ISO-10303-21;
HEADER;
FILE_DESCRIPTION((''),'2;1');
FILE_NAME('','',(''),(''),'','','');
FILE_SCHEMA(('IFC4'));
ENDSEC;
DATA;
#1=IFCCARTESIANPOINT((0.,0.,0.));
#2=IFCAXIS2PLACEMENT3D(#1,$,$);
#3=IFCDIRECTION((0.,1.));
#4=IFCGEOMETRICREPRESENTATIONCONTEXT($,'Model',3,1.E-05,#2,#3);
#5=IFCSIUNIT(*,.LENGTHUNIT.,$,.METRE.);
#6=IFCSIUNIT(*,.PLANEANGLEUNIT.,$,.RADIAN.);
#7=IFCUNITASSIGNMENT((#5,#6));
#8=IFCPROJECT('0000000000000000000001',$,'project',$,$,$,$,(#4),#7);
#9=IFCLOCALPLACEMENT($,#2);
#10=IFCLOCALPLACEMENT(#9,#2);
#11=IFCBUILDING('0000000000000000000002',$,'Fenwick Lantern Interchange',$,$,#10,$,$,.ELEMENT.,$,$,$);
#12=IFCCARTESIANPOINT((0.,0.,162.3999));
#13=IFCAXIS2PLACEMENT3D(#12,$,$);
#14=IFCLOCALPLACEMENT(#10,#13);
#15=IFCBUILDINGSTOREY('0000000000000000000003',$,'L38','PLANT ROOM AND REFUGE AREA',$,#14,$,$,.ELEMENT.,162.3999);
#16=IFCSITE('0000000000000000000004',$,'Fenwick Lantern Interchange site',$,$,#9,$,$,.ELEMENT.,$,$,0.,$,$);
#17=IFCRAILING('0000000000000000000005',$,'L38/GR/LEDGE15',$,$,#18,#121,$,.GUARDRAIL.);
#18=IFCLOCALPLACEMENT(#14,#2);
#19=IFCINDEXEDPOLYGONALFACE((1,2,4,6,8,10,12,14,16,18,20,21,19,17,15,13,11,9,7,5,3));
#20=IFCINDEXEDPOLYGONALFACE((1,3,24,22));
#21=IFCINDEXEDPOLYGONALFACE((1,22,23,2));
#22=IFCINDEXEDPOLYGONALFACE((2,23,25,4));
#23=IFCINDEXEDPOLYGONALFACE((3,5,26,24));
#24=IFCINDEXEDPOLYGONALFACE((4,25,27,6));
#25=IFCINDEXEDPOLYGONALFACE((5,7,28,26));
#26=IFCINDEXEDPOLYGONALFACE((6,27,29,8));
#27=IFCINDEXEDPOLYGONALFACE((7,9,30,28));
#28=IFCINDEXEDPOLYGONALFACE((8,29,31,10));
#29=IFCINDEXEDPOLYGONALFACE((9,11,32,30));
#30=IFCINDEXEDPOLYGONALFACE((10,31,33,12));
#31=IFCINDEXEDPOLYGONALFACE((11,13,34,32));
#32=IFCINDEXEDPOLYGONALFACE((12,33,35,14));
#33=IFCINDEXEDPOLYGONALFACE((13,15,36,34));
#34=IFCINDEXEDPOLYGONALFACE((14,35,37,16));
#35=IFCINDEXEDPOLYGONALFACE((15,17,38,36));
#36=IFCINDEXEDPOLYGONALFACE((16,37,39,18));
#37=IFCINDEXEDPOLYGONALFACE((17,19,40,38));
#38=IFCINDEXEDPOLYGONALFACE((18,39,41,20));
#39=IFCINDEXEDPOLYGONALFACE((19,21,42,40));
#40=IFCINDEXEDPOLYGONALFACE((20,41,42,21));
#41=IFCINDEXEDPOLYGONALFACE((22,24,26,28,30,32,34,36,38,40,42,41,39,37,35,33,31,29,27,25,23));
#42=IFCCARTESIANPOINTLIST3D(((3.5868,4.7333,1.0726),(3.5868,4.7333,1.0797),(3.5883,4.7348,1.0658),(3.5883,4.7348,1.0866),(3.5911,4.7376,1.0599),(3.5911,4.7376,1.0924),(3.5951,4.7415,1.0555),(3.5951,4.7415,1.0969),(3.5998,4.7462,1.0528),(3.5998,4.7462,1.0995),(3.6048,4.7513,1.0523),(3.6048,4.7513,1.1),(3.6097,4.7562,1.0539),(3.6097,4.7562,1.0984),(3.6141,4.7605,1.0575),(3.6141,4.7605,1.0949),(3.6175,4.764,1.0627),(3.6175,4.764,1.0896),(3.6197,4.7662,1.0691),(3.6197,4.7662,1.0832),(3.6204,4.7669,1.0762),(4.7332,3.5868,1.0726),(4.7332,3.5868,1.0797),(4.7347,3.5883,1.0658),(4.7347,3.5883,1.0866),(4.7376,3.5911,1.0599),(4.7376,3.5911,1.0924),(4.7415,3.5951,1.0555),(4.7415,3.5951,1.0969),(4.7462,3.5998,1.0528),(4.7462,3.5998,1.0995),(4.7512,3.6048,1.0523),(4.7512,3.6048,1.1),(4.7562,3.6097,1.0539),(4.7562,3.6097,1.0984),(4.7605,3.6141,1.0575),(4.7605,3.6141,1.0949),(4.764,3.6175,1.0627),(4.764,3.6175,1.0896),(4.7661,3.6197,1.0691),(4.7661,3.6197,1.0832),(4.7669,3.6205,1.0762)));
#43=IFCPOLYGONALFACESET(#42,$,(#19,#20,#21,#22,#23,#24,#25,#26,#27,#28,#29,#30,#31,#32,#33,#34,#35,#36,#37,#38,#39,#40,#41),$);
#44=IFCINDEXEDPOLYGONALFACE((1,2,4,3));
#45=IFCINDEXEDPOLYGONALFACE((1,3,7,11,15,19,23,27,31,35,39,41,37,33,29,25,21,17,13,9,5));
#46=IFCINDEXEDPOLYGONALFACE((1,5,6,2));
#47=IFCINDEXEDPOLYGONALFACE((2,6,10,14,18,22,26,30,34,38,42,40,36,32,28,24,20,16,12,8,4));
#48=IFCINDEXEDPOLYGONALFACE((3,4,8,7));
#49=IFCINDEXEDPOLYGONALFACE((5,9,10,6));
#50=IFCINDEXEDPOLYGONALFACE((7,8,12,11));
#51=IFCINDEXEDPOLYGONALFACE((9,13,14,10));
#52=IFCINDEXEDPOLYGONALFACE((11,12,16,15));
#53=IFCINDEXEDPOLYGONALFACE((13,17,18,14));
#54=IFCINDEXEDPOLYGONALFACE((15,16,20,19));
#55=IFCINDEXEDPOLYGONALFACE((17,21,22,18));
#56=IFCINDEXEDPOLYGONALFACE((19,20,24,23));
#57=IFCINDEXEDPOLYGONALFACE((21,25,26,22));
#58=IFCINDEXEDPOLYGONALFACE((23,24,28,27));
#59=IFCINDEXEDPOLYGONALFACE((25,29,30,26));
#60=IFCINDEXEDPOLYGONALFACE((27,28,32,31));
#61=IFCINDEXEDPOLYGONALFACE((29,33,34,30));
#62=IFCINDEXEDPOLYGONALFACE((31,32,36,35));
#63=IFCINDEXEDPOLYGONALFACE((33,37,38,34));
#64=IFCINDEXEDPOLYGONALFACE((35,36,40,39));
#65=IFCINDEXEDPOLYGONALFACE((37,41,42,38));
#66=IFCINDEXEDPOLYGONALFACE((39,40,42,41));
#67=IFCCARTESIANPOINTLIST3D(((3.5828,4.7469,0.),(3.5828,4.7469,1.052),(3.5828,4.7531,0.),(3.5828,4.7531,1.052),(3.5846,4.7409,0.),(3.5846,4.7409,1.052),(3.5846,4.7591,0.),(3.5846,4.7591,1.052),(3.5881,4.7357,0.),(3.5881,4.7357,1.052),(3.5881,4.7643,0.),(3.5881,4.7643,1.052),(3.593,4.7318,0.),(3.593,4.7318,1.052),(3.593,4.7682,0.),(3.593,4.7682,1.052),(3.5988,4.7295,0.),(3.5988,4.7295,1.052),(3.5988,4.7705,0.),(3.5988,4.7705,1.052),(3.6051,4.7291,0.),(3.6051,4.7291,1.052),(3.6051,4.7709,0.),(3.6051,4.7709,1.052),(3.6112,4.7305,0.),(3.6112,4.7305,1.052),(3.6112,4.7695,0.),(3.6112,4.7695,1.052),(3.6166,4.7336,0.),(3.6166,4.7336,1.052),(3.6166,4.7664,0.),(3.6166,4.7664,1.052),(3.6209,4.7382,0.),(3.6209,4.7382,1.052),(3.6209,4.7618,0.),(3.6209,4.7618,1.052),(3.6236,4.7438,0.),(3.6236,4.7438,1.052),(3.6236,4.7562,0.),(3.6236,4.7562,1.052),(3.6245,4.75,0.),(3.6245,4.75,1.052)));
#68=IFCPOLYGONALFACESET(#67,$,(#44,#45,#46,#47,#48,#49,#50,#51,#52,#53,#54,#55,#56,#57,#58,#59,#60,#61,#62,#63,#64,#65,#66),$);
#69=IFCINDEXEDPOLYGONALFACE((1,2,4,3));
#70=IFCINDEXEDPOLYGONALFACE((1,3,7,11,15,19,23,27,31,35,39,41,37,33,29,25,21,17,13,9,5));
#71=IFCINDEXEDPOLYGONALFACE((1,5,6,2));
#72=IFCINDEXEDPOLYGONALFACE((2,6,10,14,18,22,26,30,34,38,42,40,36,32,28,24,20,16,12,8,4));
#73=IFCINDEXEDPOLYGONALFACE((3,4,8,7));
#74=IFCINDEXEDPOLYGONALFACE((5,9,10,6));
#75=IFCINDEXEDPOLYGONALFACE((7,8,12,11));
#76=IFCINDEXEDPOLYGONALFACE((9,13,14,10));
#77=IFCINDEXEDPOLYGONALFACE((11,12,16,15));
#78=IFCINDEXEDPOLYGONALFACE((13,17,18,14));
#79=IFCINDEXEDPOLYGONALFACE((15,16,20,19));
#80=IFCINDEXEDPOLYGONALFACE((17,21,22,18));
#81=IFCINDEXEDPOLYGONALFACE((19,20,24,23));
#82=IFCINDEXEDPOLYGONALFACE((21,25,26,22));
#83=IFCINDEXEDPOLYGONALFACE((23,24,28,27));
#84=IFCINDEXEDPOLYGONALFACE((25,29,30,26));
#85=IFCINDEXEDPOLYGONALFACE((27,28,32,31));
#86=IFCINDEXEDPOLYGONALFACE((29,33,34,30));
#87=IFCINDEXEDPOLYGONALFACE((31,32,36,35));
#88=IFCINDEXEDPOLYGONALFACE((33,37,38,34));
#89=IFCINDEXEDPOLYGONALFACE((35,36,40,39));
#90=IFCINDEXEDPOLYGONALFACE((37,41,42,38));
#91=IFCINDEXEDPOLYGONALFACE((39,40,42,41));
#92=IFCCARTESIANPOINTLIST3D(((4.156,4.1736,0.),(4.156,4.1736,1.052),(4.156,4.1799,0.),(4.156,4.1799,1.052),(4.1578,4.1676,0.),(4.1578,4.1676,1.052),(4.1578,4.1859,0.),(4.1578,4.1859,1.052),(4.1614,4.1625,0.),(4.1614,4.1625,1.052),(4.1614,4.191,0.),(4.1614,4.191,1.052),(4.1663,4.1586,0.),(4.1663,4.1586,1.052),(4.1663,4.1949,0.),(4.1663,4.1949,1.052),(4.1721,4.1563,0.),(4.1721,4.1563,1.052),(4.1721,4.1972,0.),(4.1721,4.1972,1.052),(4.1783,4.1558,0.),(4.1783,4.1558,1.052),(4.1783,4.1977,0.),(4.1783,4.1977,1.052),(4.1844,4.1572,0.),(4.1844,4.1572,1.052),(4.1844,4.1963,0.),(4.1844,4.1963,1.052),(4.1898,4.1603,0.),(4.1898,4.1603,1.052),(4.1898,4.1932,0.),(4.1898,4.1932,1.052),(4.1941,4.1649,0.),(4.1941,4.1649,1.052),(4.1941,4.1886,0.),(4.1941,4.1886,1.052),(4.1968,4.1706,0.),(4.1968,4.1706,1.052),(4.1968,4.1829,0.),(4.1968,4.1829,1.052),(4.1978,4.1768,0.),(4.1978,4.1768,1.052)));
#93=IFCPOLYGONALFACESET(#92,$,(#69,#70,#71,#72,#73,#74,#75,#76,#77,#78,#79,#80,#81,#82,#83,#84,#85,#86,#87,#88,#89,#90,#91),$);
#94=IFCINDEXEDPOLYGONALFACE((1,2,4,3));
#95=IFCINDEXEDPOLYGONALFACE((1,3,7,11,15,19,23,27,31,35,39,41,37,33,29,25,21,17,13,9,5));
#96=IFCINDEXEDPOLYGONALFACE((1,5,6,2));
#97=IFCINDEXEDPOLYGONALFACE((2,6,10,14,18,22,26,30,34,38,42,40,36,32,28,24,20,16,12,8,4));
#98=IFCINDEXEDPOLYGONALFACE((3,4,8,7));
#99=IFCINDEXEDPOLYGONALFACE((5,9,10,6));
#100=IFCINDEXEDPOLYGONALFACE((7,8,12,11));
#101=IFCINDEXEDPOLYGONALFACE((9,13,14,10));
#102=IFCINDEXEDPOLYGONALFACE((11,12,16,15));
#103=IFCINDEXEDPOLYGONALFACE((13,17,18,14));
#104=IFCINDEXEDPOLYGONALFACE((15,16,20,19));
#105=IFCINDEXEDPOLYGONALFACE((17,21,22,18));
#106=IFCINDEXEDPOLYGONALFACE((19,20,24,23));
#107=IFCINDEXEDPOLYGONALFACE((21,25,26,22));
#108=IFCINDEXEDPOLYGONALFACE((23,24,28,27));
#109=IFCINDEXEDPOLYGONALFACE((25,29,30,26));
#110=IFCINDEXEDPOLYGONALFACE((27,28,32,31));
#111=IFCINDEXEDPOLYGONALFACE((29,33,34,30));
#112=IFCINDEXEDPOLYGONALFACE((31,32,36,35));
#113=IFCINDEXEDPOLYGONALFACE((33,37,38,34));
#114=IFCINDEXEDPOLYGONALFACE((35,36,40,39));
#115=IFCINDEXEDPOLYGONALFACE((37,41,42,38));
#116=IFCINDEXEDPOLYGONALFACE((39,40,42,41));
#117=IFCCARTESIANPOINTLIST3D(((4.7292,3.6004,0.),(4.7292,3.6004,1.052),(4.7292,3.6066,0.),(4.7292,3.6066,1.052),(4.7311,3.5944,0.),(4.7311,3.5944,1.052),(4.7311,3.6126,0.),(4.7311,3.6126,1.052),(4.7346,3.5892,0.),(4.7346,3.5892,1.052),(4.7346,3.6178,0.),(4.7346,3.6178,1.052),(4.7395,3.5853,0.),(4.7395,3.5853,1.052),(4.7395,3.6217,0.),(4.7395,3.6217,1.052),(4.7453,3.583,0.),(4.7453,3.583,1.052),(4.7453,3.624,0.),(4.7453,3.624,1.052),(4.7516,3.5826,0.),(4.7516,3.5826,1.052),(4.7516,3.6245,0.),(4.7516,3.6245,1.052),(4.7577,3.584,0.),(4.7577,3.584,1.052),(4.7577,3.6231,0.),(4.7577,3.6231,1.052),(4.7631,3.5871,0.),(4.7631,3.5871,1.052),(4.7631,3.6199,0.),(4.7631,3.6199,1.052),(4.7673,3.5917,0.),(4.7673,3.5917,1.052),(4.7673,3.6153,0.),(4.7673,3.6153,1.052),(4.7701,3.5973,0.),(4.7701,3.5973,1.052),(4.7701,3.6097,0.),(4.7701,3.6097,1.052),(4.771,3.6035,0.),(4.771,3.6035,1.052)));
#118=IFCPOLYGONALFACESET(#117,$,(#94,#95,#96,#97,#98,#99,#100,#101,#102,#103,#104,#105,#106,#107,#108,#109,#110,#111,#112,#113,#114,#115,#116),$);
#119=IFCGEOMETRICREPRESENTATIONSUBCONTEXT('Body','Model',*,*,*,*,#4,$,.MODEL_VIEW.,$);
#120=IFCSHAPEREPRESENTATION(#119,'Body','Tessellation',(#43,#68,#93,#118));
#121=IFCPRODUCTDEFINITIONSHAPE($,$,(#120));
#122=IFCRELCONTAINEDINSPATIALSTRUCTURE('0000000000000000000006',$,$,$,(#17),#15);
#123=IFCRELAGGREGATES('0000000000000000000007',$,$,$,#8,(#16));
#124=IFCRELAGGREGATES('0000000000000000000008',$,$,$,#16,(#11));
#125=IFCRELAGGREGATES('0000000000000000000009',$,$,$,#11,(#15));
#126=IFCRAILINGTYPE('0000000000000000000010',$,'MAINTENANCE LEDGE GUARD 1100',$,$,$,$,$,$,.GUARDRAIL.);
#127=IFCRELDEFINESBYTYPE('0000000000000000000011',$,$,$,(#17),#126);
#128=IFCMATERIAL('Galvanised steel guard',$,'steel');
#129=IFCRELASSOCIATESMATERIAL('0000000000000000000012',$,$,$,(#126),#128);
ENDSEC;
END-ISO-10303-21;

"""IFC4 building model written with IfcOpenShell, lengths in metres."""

from ifc_helpers import new_model, si_unit, direction, frame, origin, origin_2d, place, context, subcontext, project, spatial, circle, extrude, material, type_object, element, save


model = new_model("IFC4")

# Units and contexts
model_context = context("Model", 3, precision=1e-05, world=origin(), true_north=direction((0.0, 1.0)))
body_context = subcontext(model_context, "Body", "Model", "MODEL_VIEW")
ifc_project = project(units=[si_unit("LENGTHUNIT", "METRE"), si_unit("PLANEANGLEUNIT", "RADIAN")], contexts=[model_context])

# Site, building, storey
site_placement = place(None, origin())
site = spatial("IfcSite", under=ifc_project, at=site_placement, Name="Fenwick Lantern Interchange site", CompositionType="ELEMENT", RefElevation=0.0)
building_placement = place(site_placement, origin())
building = spatial("IfcBuilding", under=site, at=building_placement, Name="Fenwick Lantern Interchange", CompositionType="ELEMENT")
storey_placement = place(building_placement, frame((0.0, 0.0, 162.3999)))
storey = spatial("IfcBuildingStorey", under=building, at=storey_placement, Name="L38", Description="PLANT ROOM AND REFUGE AREA", CompositionType="ELEMENT", Elevation=162.3999)

# Railing
ifc_material_1 = material(Name="Galvanised steel guard", Category="steel")
railing_type = type_object("IfcRailingType", Name="MAINTENANCE LEDGE GUARD 1100", PredefinedType="GUARDRAIL", material=ifc_material_1)
railing_1_placement = place(storey_placement, frame((3.6035, 4.75, 0.0)))
element("IfcRailing", 1, at=railing_1_placement, inside=storey, type_object=railing_type, Name="L38/GR/LEDGE15", PredefinedType="GUARDRAIL", context=body_context, shape_type="SweptSolid", body=[
    extrude(circle(Radius=0.0239, at=origin_2d()), frame((0.0, 0.0, 1.0762), z_axis=(0.707107, -0.707107, 0.0), x_axis=(0.707107, 0.707107, 0.0)), (0.0, 0.0, 1.0), 1.6213),
    extrude(circle(Radius=0.021, at=origin_2d()), origin(), (0.0, 0.0, 1.0), 1.052),
    extrude(circle(Radius=0.021, at=origin_2d()), frame((0.5732, -0.5732, 0.0)), (0.0, 0.0, 1.0), 1.052),
    extrude(circle(Radius=0.021, at=origin_2d()), frame((1.1465, -1.1465, 0.0)), (0.0, 0.0, 1.0), 1.052),
])

save(model, "model.ifc")
